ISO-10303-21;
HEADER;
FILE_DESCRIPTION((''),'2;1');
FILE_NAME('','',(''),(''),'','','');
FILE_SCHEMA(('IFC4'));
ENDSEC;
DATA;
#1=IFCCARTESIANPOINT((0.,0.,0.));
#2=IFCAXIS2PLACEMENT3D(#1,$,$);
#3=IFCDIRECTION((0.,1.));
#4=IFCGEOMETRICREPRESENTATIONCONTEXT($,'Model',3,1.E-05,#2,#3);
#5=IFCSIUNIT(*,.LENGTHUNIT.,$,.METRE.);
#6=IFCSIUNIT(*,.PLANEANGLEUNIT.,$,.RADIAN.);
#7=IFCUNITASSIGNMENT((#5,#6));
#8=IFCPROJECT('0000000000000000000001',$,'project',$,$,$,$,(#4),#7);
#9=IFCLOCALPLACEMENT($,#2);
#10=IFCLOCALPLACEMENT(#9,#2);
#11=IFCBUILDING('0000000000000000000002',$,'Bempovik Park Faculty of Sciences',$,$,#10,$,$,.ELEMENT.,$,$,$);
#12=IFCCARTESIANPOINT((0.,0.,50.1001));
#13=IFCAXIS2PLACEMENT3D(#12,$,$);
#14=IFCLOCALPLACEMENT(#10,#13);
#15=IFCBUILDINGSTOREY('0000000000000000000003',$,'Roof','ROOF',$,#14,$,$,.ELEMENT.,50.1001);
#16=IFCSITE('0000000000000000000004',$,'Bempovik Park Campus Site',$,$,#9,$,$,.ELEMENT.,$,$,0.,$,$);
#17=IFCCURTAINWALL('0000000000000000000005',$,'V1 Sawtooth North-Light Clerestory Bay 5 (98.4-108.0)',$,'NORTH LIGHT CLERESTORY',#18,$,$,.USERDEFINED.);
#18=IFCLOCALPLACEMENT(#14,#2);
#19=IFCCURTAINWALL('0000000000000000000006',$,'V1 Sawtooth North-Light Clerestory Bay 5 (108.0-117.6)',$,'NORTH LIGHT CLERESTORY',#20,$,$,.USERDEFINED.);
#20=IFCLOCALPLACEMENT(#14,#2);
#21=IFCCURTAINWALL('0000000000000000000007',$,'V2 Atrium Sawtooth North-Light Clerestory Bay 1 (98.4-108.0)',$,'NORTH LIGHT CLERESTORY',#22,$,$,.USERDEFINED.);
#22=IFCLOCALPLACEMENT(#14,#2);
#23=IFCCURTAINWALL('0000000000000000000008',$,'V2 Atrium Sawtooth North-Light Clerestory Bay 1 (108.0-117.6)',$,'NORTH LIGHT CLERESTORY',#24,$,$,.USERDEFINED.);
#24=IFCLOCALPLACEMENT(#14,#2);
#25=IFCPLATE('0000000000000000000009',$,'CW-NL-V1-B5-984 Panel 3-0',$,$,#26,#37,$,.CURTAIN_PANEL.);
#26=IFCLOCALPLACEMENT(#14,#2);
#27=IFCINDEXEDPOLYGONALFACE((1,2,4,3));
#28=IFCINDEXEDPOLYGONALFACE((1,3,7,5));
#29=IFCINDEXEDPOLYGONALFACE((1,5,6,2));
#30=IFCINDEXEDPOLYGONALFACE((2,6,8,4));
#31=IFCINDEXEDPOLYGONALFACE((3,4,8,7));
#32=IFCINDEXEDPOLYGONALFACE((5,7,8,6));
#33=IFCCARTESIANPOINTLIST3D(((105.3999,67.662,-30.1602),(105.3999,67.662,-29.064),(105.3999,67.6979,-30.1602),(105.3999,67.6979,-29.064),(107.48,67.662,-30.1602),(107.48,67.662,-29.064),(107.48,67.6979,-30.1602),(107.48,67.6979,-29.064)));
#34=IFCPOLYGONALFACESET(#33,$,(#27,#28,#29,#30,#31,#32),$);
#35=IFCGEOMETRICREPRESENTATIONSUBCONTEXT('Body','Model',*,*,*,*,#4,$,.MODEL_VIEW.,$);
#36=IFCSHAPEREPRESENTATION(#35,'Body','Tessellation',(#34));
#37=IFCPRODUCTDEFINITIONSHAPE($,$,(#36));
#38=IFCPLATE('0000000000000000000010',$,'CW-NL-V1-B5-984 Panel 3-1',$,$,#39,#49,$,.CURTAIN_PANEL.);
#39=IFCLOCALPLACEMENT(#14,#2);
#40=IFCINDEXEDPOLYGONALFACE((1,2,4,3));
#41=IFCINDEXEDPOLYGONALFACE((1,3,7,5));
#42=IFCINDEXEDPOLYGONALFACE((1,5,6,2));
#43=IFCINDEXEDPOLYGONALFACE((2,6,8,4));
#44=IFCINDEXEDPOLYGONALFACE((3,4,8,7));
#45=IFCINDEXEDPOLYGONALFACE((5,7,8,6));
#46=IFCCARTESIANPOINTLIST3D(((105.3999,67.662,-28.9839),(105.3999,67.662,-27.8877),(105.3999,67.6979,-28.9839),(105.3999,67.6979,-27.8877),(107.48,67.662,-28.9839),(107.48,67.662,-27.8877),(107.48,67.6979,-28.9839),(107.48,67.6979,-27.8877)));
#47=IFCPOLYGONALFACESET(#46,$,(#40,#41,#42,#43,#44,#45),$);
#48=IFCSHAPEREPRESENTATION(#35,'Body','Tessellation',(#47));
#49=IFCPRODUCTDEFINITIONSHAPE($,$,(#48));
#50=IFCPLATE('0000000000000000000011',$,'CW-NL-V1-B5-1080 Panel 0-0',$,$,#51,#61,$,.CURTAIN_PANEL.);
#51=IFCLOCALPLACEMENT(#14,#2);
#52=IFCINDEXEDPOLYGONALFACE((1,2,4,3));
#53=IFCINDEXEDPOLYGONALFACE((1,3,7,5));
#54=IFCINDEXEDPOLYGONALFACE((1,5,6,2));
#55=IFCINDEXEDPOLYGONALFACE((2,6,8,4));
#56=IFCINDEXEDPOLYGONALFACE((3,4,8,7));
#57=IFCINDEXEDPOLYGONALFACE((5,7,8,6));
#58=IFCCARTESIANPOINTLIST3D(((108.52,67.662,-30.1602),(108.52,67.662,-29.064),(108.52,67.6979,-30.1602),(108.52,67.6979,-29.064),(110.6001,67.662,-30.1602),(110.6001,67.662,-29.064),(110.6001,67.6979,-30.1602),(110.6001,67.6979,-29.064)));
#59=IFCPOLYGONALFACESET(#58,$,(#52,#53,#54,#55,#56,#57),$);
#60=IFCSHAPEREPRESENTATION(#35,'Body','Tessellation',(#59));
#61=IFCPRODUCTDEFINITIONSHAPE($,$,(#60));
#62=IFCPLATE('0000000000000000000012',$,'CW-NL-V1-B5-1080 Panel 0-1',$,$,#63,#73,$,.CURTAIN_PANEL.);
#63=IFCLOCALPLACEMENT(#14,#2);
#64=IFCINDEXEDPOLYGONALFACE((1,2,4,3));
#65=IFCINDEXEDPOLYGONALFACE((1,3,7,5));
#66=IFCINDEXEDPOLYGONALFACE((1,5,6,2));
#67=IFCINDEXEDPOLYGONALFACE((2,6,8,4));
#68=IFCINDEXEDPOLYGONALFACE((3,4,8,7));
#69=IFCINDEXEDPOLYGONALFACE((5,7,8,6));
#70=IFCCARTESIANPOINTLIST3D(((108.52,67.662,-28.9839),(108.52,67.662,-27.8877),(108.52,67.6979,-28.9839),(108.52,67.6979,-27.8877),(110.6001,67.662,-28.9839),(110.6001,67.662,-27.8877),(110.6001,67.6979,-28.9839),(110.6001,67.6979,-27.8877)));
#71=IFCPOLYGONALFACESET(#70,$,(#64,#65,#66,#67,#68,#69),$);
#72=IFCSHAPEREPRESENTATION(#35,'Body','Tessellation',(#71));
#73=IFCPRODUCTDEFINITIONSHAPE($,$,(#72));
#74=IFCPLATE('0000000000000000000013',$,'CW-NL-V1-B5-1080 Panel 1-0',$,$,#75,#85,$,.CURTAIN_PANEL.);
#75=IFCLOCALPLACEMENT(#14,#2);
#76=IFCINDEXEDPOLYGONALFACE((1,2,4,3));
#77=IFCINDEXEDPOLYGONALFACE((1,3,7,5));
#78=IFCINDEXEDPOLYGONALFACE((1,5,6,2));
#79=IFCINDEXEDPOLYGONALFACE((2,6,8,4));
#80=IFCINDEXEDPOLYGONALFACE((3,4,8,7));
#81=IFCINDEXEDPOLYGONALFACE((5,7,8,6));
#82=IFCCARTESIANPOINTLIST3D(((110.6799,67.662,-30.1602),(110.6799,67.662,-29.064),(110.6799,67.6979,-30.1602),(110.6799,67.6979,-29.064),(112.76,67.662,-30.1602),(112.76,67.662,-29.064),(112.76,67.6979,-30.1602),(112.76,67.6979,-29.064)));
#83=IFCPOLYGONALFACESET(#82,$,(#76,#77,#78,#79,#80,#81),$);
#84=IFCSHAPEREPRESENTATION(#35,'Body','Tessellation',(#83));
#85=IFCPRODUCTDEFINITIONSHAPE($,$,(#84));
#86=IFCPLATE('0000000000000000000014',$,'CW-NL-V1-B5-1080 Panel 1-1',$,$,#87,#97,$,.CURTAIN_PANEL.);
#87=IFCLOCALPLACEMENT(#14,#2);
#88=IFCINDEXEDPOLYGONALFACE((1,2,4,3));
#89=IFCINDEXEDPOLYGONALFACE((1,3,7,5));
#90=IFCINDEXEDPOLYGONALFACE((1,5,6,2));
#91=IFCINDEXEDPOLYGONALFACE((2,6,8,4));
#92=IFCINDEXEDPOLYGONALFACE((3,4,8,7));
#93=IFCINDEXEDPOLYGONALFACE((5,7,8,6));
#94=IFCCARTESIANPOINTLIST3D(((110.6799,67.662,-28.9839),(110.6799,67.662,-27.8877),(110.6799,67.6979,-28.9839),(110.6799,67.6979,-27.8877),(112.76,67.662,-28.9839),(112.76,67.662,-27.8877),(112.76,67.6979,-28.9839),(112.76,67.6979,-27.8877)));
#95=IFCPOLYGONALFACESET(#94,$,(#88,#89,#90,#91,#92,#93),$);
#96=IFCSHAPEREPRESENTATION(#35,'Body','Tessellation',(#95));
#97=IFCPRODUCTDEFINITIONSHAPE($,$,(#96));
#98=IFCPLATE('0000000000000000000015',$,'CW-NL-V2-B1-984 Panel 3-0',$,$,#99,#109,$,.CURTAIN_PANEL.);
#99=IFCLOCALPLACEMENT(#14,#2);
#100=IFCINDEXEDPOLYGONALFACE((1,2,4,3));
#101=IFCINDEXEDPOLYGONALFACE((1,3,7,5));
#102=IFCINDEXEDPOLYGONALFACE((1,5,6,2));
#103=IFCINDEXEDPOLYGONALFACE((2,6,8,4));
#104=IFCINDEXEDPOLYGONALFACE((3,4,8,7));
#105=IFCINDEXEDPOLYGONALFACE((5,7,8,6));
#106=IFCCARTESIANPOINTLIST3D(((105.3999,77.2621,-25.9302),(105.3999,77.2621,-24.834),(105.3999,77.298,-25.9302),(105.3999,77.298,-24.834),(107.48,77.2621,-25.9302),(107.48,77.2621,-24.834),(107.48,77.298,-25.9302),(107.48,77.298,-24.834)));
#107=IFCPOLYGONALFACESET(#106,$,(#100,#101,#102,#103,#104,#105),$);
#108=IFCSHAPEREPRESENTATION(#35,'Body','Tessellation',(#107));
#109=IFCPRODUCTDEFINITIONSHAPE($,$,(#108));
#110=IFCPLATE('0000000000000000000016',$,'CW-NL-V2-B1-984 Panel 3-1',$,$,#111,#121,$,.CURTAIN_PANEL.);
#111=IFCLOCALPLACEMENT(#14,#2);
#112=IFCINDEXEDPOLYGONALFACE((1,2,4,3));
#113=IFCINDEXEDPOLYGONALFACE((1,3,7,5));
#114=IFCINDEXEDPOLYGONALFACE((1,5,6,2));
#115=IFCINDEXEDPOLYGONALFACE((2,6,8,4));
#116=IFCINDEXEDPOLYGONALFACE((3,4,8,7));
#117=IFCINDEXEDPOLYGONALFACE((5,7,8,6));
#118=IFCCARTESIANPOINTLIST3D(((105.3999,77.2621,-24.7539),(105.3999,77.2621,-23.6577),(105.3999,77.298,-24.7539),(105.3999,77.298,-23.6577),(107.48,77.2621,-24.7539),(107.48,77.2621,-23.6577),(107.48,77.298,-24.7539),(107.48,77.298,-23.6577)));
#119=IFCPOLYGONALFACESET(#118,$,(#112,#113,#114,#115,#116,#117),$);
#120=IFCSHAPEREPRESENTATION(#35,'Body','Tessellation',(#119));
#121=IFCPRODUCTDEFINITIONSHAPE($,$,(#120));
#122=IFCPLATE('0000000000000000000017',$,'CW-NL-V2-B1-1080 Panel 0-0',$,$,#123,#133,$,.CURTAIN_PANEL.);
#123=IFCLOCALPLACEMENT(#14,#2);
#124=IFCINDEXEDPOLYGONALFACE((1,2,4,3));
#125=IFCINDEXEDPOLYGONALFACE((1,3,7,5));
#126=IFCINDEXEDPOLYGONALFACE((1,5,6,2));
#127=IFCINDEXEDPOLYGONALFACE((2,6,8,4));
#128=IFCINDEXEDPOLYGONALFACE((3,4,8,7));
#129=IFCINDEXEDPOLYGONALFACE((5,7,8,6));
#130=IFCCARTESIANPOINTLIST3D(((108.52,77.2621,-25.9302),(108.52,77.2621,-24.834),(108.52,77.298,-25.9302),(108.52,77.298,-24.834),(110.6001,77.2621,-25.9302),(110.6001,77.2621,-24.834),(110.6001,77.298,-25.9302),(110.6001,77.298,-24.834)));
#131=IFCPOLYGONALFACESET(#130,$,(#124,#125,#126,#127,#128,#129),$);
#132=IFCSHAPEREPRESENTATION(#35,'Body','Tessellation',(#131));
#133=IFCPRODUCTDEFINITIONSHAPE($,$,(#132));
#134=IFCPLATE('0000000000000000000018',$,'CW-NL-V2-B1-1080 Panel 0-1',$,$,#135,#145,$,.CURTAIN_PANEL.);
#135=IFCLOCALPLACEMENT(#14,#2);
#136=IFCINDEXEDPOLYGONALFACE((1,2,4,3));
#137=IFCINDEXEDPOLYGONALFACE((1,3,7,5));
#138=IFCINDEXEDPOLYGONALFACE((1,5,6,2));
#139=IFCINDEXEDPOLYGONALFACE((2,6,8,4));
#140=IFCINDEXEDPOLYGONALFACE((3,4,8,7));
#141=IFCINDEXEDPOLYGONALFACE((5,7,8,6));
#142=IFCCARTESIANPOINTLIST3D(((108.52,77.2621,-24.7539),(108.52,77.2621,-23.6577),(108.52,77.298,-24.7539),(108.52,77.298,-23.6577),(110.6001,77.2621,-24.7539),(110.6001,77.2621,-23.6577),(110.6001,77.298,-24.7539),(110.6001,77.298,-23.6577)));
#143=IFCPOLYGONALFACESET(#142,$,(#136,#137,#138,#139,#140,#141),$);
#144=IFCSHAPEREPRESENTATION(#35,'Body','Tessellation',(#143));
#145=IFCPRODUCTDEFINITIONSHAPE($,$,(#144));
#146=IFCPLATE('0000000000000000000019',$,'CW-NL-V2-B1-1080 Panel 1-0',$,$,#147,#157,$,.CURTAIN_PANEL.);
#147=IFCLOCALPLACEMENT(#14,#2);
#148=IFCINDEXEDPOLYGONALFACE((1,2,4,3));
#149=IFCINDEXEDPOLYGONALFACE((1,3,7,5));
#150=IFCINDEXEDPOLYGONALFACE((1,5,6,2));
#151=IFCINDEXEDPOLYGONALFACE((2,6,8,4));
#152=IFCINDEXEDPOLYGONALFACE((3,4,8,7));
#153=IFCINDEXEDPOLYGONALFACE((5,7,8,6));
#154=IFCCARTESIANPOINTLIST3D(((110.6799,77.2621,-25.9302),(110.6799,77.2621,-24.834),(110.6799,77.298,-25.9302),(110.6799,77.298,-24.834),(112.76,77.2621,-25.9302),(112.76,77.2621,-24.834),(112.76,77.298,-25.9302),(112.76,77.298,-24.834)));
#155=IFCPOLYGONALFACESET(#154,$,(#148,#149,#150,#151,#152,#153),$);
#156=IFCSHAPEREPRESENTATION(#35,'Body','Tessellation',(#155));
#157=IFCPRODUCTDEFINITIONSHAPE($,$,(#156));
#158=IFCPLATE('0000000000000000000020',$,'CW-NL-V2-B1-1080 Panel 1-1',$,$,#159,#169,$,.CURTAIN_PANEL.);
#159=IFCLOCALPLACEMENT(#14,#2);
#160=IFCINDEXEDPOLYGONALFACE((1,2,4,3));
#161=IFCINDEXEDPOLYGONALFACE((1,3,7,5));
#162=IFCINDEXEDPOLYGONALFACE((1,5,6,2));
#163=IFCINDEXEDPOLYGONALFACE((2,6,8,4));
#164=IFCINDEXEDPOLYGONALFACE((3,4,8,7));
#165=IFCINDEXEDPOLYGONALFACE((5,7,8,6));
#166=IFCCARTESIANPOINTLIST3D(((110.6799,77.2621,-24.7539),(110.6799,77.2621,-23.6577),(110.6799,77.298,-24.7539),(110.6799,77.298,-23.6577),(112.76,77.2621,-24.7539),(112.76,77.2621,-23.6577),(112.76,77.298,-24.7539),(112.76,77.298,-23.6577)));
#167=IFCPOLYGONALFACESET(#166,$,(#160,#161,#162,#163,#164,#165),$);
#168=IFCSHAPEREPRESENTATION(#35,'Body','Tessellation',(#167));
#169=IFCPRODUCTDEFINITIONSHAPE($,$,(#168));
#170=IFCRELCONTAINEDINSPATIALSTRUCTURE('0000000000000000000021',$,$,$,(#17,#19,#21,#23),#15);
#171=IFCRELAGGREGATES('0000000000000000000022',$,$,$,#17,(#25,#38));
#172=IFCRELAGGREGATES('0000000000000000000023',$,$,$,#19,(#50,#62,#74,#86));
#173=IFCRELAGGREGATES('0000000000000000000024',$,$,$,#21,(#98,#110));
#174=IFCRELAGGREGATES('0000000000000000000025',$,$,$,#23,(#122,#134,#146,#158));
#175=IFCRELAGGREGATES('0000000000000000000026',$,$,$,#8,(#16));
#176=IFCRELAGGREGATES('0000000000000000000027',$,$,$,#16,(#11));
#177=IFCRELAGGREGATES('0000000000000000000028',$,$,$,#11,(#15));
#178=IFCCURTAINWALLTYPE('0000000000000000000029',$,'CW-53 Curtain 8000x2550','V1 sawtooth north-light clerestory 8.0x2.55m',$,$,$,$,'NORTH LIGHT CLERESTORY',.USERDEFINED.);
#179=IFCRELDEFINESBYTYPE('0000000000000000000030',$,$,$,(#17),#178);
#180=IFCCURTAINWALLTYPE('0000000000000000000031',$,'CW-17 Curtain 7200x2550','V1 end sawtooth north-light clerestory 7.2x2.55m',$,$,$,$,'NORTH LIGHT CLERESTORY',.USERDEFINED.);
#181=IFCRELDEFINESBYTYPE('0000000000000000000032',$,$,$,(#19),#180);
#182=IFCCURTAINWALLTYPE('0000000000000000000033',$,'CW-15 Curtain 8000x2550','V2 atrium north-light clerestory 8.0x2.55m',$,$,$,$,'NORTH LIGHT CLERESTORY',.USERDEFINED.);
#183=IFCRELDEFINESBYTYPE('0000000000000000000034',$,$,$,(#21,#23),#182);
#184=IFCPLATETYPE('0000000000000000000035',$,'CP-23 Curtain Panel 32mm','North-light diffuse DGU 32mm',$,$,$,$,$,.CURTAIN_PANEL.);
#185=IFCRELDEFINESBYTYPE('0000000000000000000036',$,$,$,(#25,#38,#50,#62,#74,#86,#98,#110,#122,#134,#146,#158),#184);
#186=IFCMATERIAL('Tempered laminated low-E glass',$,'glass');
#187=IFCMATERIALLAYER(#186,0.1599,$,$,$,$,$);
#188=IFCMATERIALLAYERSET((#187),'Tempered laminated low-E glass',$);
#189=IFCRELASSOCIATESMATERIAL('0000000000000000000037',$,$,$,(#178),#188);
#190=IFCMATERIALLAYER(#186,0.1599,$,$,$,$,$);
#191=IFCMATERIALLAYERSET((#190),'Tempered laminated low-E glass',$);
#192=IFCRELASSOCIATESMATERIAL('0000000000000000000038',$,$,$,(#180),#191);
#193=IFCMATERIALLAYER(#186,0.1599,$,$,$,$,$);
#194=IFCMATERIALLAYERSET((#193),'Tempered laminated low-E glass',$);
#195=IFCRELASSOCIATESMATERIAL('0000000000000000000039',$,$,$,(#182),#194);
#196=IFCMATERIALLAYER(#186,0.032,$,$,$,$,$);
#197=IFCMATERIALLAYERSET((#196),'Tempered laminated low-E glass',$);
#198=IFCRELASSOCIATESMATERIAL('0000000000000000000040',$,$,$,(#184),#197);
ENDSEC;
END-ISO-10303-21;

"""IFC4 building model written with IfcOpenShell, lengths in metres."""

from ifc_helpers import new_model, si_unit, direction, frame, origin, origin_2d, place, context, subcontext, project, spatial, rectangle, extrude, material, layer, layer_set, type_object, element, aggregate, save


model = new_model("IFC4")

# Units and contexts
model_context = context("Model", 3, precision=1e-05, world=origin(), true_north=direction((0.0, 1.0)))
body_context = subcontext(model_context, "Body", "Model", "MODEL_VIEW")
ifc_project = project(units=[si_unit("LENGTHUNIT", "METRE"), si_unit("PLANEANGLEUNIT", "RADIAN")], contexts=[model_context])

# Site, building, storey
site_placement = place(None, origin())
site = spatial("IfcSite", under=ifc_project, at=site_placement, Name="Bempovik Park Campus Site", CompositionType="ELEMENT", RefElevation=0.0)
building_placement = place(site_placement, origin())
building = spatial("IfcBuilding", under=site, at=building_placement, Name="Bempovik Park Faculty of Sciences", CompositionType="ELEMENT")
storey_placement = place(building_placement, frame((0.0, 0.0, 50.1001)))
storey = spatial("IfcBuildingStorey", under=building, at=storey_placement, Name="Roof", Description="ROOF", CompositionType="ELEMENT", Elevation=50.1001)

# Curtain wall
ifc_material_1 = material(Name="Tempered laminated low-E glass", Category="glass")
ifc_layer_1 = layer(ifc_material_1, 0.1599)
ifc_layer_set_1 = layer_set([ifc_layer_1], Name="Tempered laminated low-E glass")
curtain_wall_type_1 = type_object("IfcCurtainWallType", Name="CW-53 Curtain 8000x2550", Description="V1 sawtooth north-light clerestory 8.0x2.55m", ElementType="NORTH LIGHT CLERESTORY", PredefinedType="USERDEFINED", material=ifc_layer_set_1)
curtain_wall_1_placement = place(storey_placement, origin())
curtain_wall_1 = element("IfcCurtainWall", 1, at=curtain_wall_1_placement, inside=storey, type_object=curtain_wall_type_1, Name="V1 Sawtooth North-Light Clerestory Bay 5 (98.4-108.0)", ObjectType="NORTH LIGHT CLERESTORY", PredefinedType="USERDEFINED")

# Curtain wall
ifc_layer_2 = layer(ifc_material_1, 0.1599)
ifc_layer_set_2 = layer_set([ifc_layer_2], Name="Tempered laminated low-E glass")
curtain_wall_type_2 = type_object("IfcCurtainWallType", Name="CW-17 Curtain 7200x2550", Description="V1 end sawtooth north-light clerestory 7.2x2.55m", ElementType="NORTH LIGHT CLERESTORY", PredefinedType="USERDEFINED", material=ifc_layer_set_2)
curtain_wall_2_placement = place(storey_placement, origin())
curtain_wall_2 = element("IfcCurtainWall", 2, at=curtain_wall_2_placement, inside=storey, type_object=curtain_wall_type_2, Name="V1 Sawtooth North-Light Clerestory Bay 5 (108.0-117.6)", ObjectType="NORTH LIGHT CLERESTORY", PredefinedType="USERDEFINED")

# Curtain wall
ifc_layer_3 = layer(ifc_material_1, 0.1599)
ifc_layer_set_3 = layer_set([ifc_layer_3], Name="Tempered laminated low-E glass")
curtain_wall_type_3 = type_object("IfcCurtainWallType", Name="CW-15 Curtain 8000x2550", Description="V2 atrium north-light clerestory 8.0x2.55m", ElementType="NORTH LIGHT CLERESTORY", PredefinedType="USERDEFINED", material=ifc_layer_set_3)
curtain_wall_3_placement = place(storey_placement, origin())
curtain_wall_3 = element("IfcCurtainWall", 3, at=curtain_wall_3_placement, inside=storey, type_object=curtain_wall_type_3, Name="V2 Atrium Sawtooth North-Light Clerestory Bay 1 (98.4-108.0)", ObjectType="NORTH LIGHT CLERESTORY", PredefinedType="USERDEFINED")

# Curtain wall
curtain_wall_4_placement = place(storey_placement, origin())
curtain_wall_4 = element("IfcCurtainWall", 4, at=curtain_wall_4_placement, inside=storey, type_object=curtain_wall_type_3, Name="V2 Atrium Sawtooth North-Light Clerestory Bay 1 (108.0-117.6)", ObjectType="NORTH LIGHT CLERESTORY", PredefinedType="USERDEFINED")

# Plates
ifc_layer_4 = layer(ifc_material_1, 0.032)
ifc_layer_set_4 = layer_set([ifc_layer_4], Name="Tempered laminated low-E glass")
plate_type = type_object("IfcPlateType", Name="CP-23 Curtain Panel 32mm", Description="North-light diffuse DGU 32mm", PredefinedType="CURTAIN_PANEL", material=ifc_layer_set_4)
plate_1_placement = place(storey_placement, frame((106.4399, 67.6799, -30.1602), z_axis=(0.0, 0.0, 1.0), x_axis=(1.0, 0.0, 0.0)))
plate_1 = element("IfcPlate", 5, at=plate_1_placement, type_object=plate_type, Name="CW-NL-V1-B5-984 Panel 3-0", PredefinedType="CURTAIN_PANEL", context=body_context, shape_type="SweptSolid", body=[
    extrude(rectangle(XDim=2.0801, YDim=0.0359, at=origin_2d()), origin(), (0.0, 0.0, 1.0), 1.0962),
])
plate_2_placement = place(storey_placement, frame((106.4399, 67.6799, -28.9839), z_axis=(0.0, 0.0, 1.0), x_axis=(1.0, 0.0, 0.0)))
plate_2 = element("IfcPlate", 6, at=plate_2_placement, type_object=plate_type, Name="CW-NL-V1-B5-984 Panel 3-1", PredefinedType="CURTAIN_PANEL", context=body_context, shape_type="SweptSolid", body=[
    extrude(rectangle(XDim=2.0801, YDim=0.0359, at=origin_2d()), origin(), (0.0, 0.0, 1.0), 1.0962),
])
aggregate(curtain_wall_1, [plate_1, plate_2])
plate_3_placement = place(storey_placement, frame((109.5601, 67.6799, -30.1602), z_axis=(0.0, 0.0, 1.0), x_axis=(1.0, 0.0, 0.0)))
plate_3 = element("IfcPlate", 7, at=plate_3_placement, type_object=plate_type, Name="CW-NL-V1-B5-1080 Panel 0-0", PredefinedType="CURTAIN_PANEL", context=body_context, shape_type="SweptSolid", body=[
    extrude(rectangle(XDim=2.0801, YDim=0.0359, at=origin_2d()), origin(), (0.0, 0.0, 1.0), 1.0962),
])
plate_4_placement = place(storey_placement, frame((109.5601, 67.6799, -28.9839), z_axis=(0.0, 0.0, 1.0), x_axis=(1.0, 0.0, 0.0)))
plate_4 = element("IfcPlate", 8, at=plate_4_placement, type_object=plate_type, Name="CW-NL-V1-B5-1080 Panel 0-1", PredefinedType="CURTAIN_PANEL", context=body_context, shape_type="SweptSolid", body=[
    extrude(rectangle(XDim=2.0801, YDim=0.0359, at=origin_2d()), origin(), (0.0, 0.0, 1.0), 1.0962),
])
plate_5_placement = place(storey_placement, frame((111.72, 67.6799, -30.1602), z_axis=(0.0, 0.0, 1.0), x_axis=(1.0, 0.0, 0.0)))
plate_5 = element("IfcPlate", 9, at=plate_5_placement, type_object=plate_type, Name="CW-NL-V1-B5-1080 Panel 1-0", PredefinedType="CURTAIN_PANEL", context=body_context, shape_type="SweptSolid", body=[
    extrude(rectangle(XDim=2.0801, YDim=0.0359, at=origin_2d()), origin(), (0.0, 0.0, 1.0), 1.0962),
])
plate_6_placement = place(storey_placement, frame((111.72, 67.6799, -28.9839), z_axis=(0.0, 0.0, 1.0), x_axis=(1.0, 0.0, 0.0)))
plate_6 = element("IfcPlate", 10, at=plate_6_placement, type_object=plate_type, Name="CW-NL-V1-B5-1080 Panel 1-1", PredefinedType="CURTAIN_PANEL", context=body_context, shape_type="SweptSolid", body=[
    extrude(rectangle(XDim=2.0801, YDim=0.0359, at=origin_2d()), origin(), (0.0, 0.0, 1.0), 1.0962),
])
aggregate(curtain_wall_2, [plate_3, plate_4, plate_5, plate_6])
plate_7_placement = place(storey_placement, frame((106.4399, 77.28, -25.9302), z_axis=(0.0, 0.0, 1.0), x_axis=(1.0, 0.0, 0.0)))
plate_7 = element("IfcPlate", 11, at=plate_7_placement, type_object=plate_type, Name="CW-NL-V2-B1-984 Panel 3-0", PredefinedType="CURTAIN_PANEL", context=body_context, shape_type="SweptSolid", body=[
    extrude(rectangle(XDim=2.0801, YDim=0.0359, at=origin_2d()), origin(), (0.0, 0.0, 1.0), 1.0962),
])
plate_8_placement = place(storey_placement, frame((106.4399, 77.28, -24.7539), z_axis=(0.0, 0.0, 1.0), x_axis=(1.0, 0.0, 0.0)))
plate_8 = element("IfcPlate", 12, at=plate_8_placement, type_object=plate_type, Name="CW-NL-V2-B1-984 Panel 3-1", PredefinedType="CURTAIN_PANEL", context=body_context, shape_type="SweptSolid", body=[
    extrude(rectangle(XDim=2.0801, YDim=0.0359, at=origin_2d()), origin(), (0.0, 0.0, 1.0), 1.0962),
])
aggregate(curtain_wall_3, [plate_7, plate_8])
plate_9_placement = place(storey_placement, frame((109.5601, 77.28, -25.9302), z_axis=(0.0, 0.0, 1.0), x_axis=(1.0, 0.0, 0.0)))
plate_9 = element("IfcPlate", 13, at=plate_9_placement, type_object=plate_type, Name="CW-NL-V2-B1-1080 Panel 0-0", PredefinedType="CURTAIN_PANEL", context=body_context, shape_type="SweptSolid", body=[
    extrude(rectangle(XDim=2.0801, YDim=0.0359, at=origin_2d()), origin(), (0.0, 0.0, 1.0), 1.0962),
])
plate_10_placement = place(storey_placement, frame((109.5601, 77.28, -24.7539), z_axis=(0.0, 0.0, 1.0), x_axis=(1.0, 0.0, 0.0)))
plate_10 = element("IfcPlate", 14, at=plate_10_placement, type_object=plate_type, Name="CW-NL-V2-B1-1080 Panel 0-1", PredefinedType="CURTAIN_PANEL", context=body_context, shape_type="SweptSolid", body=[
    extrude(rectangle(XDim=2.0801, YDim=0.0359, at=origin_2d()), origin(), (0.0, 0.0, 1.0), 1.0962),
])
plate_11_placement = place(storey_placement, frame((111.72, 77.28, -25.9302), z_axis=(0.0, 0.0, 1.0), x_axis=(1.0, 0.0, 0.0)))
plate_11 = element("IfcPlate", 15, at=plate_11_placement, type_object=plate_type, Name="CW-NL-V2-B1-1080 Panel 1-0", PredefinedType="CURTAIN_PANEL", context=body_context, shape_type="SweptSolid", body=[
    extrude(rectangle(XDim=2.0801, YDim=0.0359, at=origin_2d()), origin(), (0.0, 0.0, 1.0), 1.0962),
])
plate_12_placement = place(storey_placement, frame((111.72, 77.28, -24.7539), z_axis=(0.0, 0.0, 1.0), x_axis=(1.0, 0.0, 0.0)))
plate_12 = element("IfcPlate", 16, at=plate_12_placement, type_object=plate_type, Name="CW-NL-V2-B1-1080 Panel 1-1", PredefinedType="CURTAIN_PANEL", context=body_context, shape_type="SweptSolid", body=[
    extrude(rectangle(XDim=2.0801, YDim=0.0359, at=origin_2d()), origin(), (0.0, 0.0, 1.0), 1.0962),
])
aggregate(curtain_wall_4, [plate_9, plate_10, plate_11, plate_12])

save(model, "model.ifc")
